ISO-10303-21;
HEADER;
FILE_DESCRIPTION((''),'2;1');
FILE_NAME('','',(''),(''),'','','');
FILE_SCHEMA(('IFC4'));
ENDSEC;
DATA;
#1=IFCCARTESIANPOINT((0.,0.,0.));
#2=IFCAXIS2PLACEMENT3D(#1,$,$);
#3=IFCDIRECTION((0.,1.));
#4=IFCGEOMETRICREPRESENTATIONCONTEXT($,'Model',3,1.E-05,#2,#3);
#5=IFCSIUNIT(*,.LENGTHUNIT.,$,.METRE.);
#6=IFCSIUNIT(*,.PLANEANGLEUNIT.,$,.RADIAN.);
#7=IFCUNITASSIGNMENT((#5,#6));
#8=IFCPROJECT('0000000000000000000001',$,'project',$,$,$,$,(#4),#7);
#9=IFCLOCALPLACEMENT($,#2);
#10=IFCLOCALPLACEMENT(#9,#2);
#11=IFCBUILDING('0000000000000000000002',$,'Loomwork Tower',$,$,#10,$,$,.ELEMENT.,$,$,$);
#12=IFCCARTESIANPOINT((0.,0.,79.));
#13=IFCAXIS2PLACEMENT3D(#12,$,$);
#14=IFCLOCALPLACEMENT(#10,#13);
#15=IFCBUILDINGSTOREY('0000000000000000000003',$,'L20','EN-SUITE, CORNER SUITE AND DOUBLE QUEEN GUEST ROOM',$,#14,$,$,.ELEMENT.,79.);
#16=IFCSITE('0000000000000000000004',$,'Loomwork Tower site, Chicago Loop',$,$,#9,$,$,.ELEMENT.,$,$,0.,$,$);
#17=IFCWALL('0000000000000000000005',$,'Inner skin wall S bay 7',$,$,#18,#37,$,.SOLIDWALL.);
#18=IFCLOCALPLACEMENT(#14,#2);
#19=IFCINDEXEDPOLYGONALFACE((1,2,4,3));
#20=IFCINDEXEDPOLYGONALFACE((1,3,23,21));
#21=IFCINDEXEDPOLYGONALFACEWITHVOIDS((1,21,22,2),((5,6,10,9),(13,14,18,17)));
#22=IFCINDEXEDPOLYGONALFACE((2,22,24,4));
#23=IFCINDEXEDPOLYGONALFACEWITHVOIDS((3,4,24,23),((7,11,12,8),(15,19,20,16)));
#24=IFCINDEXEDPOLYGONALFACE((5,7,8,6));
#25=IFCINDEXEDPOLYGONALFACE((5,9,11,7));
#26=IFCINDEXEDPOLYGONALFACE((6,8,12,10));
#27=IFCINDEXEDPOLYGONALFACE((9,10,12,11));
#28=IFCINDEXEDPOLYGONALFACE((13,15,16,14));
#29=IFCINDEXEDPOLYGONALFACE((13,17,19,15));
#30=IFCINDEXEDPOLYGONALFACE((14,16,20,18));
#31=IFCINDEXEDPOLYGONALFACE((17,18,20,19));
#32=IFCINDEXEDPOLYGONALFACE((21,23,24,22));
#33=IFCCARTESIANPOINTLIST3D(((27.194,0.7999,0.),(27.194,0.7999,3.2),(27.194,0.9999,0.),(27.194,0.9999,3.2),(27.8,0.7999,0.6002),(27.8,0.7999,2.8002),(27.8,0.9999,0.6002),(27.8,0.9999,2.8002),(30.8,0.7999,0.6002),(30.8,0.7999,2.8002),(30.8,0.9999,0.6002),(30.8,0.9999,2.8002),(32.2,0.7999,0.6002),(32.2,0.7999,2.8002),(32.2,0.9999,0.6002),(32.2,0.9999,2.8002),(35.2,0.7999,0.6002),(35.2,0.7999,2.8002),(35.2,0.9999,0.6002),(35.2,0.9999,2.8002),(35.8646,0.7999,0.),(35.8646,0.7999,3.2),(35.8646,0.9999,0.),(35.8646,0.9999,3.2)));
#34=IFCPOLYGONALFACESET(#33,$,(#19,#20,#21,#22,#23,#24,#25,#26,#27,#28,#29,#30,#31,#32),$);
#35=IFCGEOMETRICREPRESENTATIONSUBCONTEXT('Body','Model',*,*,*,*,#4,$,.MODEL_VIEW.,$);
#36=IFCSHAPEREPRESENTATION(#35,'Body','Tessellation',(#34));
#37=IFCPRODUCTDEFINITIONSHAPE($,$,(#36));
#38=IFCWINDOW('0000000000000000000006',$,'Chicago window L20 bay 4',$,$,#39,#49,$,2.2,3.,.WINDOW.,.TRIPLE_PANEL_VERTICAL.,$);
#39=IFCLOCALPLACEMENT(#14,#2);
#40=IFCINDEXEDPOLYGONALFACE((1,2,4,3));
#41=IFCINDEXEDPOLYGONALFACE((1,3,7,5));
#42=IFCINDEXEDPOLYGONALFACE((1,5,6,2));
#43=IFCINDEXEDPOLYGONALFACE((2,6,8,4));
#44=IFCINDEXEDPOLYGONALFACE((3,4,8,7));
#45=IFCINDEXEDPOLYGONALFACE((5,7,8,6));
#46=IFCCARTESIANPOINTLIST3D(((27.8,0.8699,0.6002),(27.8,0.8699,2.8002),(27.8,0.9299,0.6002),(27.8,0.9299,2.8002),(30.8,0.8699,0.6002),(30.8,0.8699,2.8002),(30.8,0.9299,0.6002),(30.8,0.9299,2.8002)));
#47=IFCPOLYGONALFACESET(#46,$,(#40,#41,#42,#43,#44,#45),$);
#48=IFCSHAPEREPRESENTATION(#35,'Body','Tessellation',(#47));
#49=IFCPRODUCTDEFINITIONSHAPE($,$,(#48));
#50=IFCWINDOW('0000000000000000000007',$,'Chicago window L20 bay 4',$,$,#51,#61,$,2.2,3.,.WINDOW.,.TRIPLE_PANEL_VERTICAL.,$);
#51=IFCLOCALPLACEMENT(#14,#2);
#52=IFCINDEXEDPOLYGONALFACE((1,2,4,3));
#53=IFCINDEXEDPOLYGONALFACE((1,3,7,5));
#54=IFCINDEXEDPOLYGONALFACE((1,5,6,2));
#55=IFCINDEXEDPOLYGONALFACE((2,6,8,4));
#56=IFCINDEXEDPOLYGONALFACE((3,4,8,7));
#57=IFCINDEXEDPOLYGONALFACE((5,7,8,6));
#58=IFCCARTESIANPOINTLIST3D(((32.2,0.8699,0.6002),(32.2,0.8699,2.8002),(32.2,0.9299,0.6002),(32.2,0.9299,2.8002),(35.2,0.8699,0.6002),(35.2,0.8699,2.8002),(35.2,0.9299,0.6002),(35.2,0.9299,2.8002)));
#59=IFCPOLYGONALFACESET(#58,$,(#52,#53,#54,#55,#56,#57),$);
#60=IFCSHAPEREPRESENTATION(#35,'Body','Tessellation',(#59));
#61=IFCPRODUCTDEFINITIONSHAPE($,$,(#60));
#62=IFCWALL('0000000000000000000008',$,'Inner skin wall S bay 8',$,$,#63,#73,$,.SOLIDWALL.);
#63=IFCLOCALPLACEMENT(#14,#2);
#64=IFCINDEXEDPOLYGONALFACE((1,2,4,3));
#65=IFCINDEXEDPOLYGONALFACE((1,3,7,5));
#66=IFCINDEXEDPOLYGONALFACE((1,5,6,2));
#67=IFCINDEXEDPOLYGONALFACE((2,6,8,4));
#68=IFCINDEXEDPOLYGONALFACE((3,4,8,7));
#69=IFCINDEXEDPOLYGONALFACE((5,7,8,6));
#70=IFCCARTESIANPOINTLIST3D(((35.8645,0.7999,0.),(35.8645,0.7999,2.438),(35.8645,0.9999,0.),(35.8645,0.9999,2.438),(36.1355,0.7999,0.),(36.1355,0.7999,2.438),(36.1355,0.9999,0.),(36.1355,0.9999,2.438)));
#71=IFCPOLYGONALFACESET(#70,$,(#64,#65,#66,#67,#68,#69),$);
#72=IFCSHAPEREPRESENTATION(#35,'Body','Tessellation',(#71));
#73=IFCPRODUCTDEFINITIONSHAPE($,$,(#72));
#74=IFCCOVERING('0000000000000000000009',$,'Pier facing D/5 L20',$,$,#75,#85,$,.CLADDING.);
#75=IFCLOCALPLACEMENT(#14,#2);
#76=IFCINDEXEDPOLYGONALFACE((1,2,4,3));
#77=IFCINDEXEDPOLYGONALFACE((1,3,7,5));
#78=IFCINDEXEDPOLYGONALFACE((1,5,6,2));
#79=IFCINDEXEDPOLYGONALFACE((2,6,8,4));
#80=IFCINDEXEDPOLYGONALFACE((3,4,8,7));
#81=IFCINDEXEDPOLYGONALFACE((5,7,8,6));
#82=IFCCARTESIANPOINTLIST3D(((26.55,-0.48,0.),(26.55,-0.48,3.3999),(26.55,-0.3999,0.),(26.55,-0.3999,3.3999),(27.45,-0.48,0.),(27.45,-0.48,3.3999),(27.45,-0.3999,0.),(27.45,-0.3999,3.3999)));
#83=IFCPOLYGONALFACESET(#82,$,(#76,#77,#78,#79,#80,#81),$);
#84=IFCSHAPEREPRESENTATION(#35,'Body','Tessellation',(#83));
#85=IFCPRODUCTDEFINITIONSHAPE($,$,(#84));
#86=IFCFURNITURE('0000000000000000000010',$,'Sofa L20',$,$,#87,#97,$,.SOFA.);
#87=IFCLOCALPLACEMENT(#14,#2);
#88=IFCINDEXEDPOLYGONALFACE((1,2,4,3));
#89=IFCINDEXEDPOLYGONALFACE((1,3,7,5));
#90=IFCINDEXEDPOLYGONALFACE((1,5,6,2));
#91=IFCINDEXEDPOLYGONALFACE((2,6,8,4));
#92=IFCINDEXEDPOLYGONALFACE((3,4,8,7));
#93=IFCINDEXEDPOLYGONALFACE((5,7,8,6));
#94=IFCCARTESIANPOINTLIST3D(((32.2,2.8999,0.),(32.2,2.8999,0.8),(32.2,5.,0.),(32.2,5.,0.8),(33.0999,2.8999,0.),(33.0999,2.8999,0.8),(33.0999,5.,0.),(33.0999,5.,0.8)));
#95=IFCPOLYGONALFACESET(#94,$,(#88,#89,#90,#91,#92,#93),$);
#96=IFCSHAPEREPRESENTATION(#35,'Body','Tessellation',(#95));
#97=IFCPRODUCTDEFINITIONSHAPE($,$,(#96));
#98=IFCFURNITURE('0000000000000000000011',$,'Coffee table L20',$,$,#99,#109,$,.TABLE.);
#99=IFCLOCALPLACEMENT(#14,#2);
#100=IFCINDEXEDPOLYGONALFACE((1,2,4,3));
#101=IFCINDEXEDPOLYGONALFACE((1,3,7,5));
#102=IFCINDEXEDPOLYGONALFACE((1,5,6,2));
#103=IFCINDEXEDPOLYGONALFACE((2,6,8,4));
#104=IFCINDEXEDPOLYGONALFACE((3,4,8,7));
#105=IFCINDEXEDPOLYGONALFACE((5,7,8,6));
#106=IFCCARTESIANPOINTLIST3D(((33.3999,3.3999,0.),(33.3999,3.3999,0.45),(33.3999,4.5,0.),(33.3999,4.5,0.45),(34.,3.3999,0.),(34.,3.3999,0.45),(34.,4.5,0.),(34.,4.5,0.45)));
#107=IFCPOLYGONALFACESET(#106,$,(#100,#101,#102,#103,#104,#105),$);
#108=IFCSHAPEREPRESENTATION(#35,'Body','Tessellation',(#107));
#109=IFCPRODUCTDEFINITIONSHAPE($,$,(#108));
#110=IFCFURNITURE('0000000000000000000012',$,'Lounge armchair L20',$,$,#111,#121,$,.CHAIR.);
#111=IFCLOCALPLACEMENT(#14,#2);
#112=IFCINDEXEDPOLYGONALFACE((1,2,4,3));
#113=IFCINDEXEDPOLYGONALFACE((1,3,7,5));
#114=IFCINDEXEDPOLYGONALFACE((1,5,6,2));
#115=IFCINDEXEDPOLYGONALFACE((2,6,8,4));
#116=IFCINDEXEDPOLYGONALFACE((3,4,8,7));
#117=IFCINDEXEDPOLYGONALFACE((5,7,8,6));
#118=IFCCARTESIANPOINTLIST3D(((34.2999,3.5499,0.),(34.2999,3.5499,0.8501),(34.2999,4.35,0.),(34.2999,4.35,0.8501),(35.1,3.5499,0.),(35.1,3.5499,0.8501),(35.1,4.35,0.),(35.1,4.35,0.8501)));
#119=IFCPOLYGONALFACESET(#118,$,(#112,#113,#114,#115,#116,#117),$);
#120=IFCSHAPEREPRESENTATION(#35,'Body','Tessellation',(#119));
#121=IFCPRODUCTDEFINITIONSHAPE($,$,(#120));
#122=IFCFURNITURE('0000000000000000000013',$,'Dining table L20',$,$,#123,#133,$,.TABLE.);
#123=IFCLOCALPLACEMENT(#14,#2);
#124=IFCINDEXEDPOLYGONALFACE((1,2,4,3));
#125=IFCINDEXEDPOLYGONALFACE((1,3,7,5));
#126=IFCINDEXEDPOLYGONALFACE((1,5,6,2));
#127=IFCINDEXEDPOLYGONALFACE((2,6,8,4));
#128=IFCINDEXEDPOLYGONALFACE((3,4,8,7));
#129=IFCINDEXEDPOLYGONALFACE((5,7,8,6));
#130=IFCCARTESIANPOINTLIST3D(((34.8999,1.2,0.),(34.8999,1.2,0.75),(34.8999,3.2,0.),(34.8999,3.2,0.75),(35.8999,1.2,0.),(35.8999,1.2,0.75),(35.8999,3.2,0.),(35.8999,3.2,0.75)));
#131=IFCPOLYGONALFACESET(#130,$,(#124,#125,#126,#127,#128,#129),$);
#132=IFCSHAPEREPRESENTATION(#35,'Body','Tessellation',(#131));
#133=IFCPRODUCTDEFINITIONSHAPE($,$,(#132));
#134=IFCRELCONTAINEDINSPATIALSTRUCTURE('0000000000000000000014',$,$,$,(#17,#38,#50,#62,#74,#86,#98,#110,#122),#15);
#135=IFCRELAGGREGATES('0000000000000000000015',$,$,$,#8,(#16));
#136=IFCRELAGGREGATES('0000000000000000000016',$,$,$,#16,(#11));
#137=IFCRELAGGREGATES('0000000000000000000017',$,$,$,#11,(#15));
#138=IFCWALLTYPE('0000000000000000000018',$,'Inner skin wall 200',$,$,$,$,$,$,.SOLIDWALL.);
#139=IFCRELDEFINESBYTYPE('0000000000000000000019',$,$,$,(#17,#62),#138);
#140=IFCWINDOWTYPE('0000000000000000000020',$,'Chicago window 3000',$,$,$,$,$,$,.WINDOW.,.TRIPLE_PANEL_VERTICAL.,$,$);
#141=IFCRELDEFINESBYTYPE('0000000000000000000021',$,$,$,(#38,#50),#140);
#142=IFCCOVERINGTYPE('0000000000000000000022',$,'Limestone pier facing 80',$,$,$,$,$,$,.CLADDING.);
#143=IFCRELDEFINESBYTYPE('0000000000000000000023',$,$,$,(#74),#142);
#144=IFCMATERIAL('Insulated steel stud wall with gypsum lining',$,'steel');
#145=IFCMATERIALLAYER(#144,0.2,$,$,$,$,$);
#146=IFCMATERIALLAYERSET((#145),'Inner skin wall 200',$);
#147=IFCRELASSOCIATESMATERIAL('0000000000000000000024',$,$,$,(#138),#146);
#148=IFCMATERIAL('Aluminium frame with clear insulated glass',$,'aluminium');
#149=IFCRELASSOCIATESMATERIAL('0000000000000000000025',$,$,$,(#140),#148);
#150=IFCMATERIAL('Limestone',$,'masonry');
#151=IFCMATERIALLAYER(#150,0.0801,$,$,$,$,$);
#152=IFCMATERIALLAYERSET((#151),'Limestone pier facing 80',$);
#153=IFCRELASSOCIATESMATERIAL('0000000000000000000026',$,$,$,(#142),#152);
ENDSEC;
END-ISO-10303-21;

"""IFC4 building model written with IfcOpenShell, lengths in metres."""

from ifc_helpers import new_model, si_unit, direction, frame, frame_2d, origin, origin_2d, place, context, subcontext, project, spatial, rectangle, extrude, material, layer, layer_set, type_object, element, fill, save


model = new_model("IFC4")

# Units and contexts
model_context = context("Model", 3, precision=1e-05, world=origin(), true_north=direction((0.0, 1.0)))
body_context = subcontext(model_context, "Body", "Model", "MODEL_VIEW")
ifc_project = project(units=[si_unit("LENGTHUNIT", "METRE"), si_unit("PLANEANGLEUNIT", "RADIAN")], contexts=[model_context])

# Site, building, storey
site_placement = place(None, origin())
site = spatial("IfcSite", under=ifc_project, at=site_placement, Name="Loomwork Tower site, Chicago Loop", CompositionType="ELEMENT", RefElevation=0.0)
building_placement = place(site_placement, origin())
building = spatial("IfcBuilding", under=site, at=building_placement, Name="Loomwork Tower", CompositionType="ELEMENT")
storey_placement = place(building_placement, frame((0.0, 0.0, 79.0)))
storey = spatial("IfcBuildingStorey", under=building, at=storey_placement, Name="L20", Description="EN-SUITE, CORNER SUITE AND DOUBLE QUEEN GUEST ROOM", CompositionType="ELEMENT", Elevation=79.0)

# Wall, openings, windows
ifc_material_1 = material(Name="Insulated steel stud wall with gypsum lining", Category="steel")
ifc_layer_1 = layer(ifc_material_1, 0.2)
ifc_layer_set_1 = layer_set([ifc_layer_1], Name="Inner skin wall 200")
wall_type = type_object("IfcWallType", Name="Inner skin wall 200", PredefinedType="SOLIDWALL", material=ifc_layer_set_1)
wall_1_placement = place(storey_placement, frame((27.1938, 0.8999, 0.0), z_axis=(0.0, 0.0, 1.0), x_axis=(1.0, 0.0, 0.0)))
wall_1 = element("IfcWall", 1, at=wall_1_placement, inside=storey, type_object=wall_type, Name="Inner skin wall S bay 7", PredefinedType="SOLIDWALL", context=body_context, shape_type="SweptSolid", body=[
    extrude(rectangle(XDim=8.6707, YDim=0.2, at=frame_2d((4.3354, 0.0))), origin(), (0.0, 0.0, 1.0), 3.2),
])
opening_1_placement = place(wall_1_placement, frame((0.6062, 0.0, 0.6001)))
opening_1 = element("IfcOpeningElement", 2, at=opening_1_placement, cuts=wall_1, PredefinedType="OPENING", context=body_context, shape_type="SweptSolid", body=[
    extrude(rectangle(XDim=3.0, YDim=2.2, at=frame_2d((1.5, 1.1001))), frame((0.0, 0.1099, 0.0), z_axis=(0.0, -1.0, 0.0), x_axis=(1.0, 0.0, 0.0)), (0.0, 0.0, 1.0), 0.22),
])
opening_2_placement = place(wall_1_placement, frame((5.0061, 0.0, 0.6001)))
opening_2 = element("IfcOpeningElement", 3, at=opening_2_placement, cuts=wall_1, PredefinedType="OPENING", context=body_context, shape_type="SweptSolid", body=[
    extrude(rectangle(XDim=3.0, YDim=2.2, at=frame_2d((1.5, 1.1001))), frame((0.0, 0.1099, 0.0), z_axis=(0.0, -1.0, 0.0), x_axis=(1.0, 0.0, 0.0)), (0.0, 0.0, 1.0), 0.22),
])
ifc_material_2 = material(Name="Aluminium frame with clear insulated glass", Category="aluminium")
window_type = type_object("IfcWindowType", Name="Chicago window 3000", PartitioningType="TRIPLE_PANEL_VERTICAL", PredefinedType="WINDOW", material=ifc_material_2)
window_1_placement = place(opening_1_placement, origin())
window_1 = element("IfcWindow", 4, at=window_1_placement, inside=storey, type_object=window_type, Name="Chicago window L20 bay 4", OverallHeight=2.2, OverallWidth=3.0, PartitioningType="TRIPLE_PANEL_VERTICAL", PredefinedType="WINDOW", context=body_context, shape_type="SweptSolid", body=[
    extrude(rectangle(XDim=3.0, YDim=2.2, at=frame_2d((1.5, 1.1001))), frame((0.0, 0.03, 0.0), z_axis=(0.0, -1.0, 0.0), x_axis=(1.0, 0.0, 0.0)), (0.0, 0.0, 1.0), 0.0601),
])
fill(opening_1, window_1)
window_2_placement = place(opening_2_placement, origin())
window_2 = element("IfcWindow", 5, at=window_2_placement, inside=storey, type_object=window_type, Name="Chicago window L20 bay 4", OverallHeight=2.2, OverallWidth=3.0, PartitioningType="TRIPLE_PANEL_VERTICAL", PredefinedType="WINDOW", context=body_context, shape_type="SweptSolid", body=[
    extrude(rectangle(XDim=3.0, YDim=2.2, at=frame_2d((1.5, 1.1001))), frame((0.0, 0.03, 0.0), z_axis=(0.0, -1.0, 0.0), x_axis=(1.0, 0.0, 0.0)), (0.0, 0.0, 1.0), 0.0601),
])
fill(opening_2, window_2)

# Wall
wall_2_placement = place(storey_placement, frame((35.8645, 0.8999, 0.0), z_axis=(0.0, 0.0, 1.0), x_axis=(1.0, 0.0, 0.0)))
element("IfcWall", 6, at=wall_2_placement, inside=storey, type_object=wall_type, Name="Inner skin wall S bay 8", PredefinedType="SOLIDWALL", context=body_context, shape_type="SweptSolid", body=[
    extrude(rectangle(XDim=0.271, YDim=0.2, at=frame_2d((0.1355, 0.0))), origin(), (0.0, 0.0, 1.0), 2.438),
])

# Covering
ifc_material_3 = material(Name="Limestone", Category="masonry")
ifc_layer_2 = layer(ifc_material_3, 0.0801)
ifc_layer_set_2 = layer_set([ifc_layer_2], Name="Limestone pier facing 80")
covering_type = type_object("IfcCoveringType", Name="Limestone pier facing 80", PredefinedType="CLADDING", material=ifc_layer_set_2)
covering_placement = place(storey_placement, frame((27.0, -0.4399, 0.0), z_axis=(0.0, 0.0, 1.0), x_axis=(1.0, 0.0, 0.0)))
element("IfcCovering", 7, at=covering_placement, inside=storey, type_object=covering_type, Name="Pier facing D/5 L20", PredefinedType="CLADDING", context=body_context, shape_type="SweptSolid", body=[
    extrude(rectangle(XDim=0.8999, YDim=0.0801, at=origin_2d()), origin(), (0.0, 0.0, 1.0), 3.3999),
])

# Furniture
furniture_1_placement = place(storey_placement, frame((32.6499, 3.95, 0.0), z_axis=(0.0, 0.0, 1.0), x_axis=(1.0, 0.0, 0.0)))
element("IfcFurniture", 8, at=furniture_1_placement, inside=storey, Name="Sofa L20", PredefinedType="SOFA", context=body_context, shape_type="SweptSolid", body=[
    extrude(rectangle(XDim=0.8999, YDim=2.1001, at=origin_2d()), origin(), (0.0, 0.0, 1.0), 0.8),
])
furniture_2_placement = place(storey_placement, frame((33.7, 3.95, 0.0), z_axis=(0.0, 0.0, 1.0), x_axis=(1.0, 0.0, 0.0)))
element("IfcFurniture", 9, at=furniture_2_placement, inside=storey, Name="Coffee table L20", PredefinedType="TABLE", context=body_context, shape_type="SweptSolid", body=[
    extrude(rectangle(XDim=0.6001, YDim=1.1001, at=origin_2d()), origin(), (0.0, 0.0, 1.0), 0.45),
])
furniture_3_placement = place(storey_placement, frame((34.7, 3.95, 0.0), z_axis=(0.0, 0.0, 1.0), x_axis=(1.0, 0.0, 0.0)))
element("IfcFurniture", 10, at=furniture_3_placement, inside=storey, Name="Lounge armchair L20", PredefinedType="CHAIR", context=body_context, shape_type="SweptSolid", body=[
    extrude(rectangle(XDim=0.8, YDim=0.8, at=origin_2d()), origin(), (0.0, 0.0, 1.0), 0.8501),
])
furniture_4_placement = place(storey_placement, frame((35.3999, 2.2, 0.0), z_axis=(0.0, 0.0, 1.0), x_axis=(1.0, 0.0, 0.0)))
element("IfcFurniture", 11, at=furniture_4_placement, inside=storey, Name="Dining table L20", PredefinedType="TABLE", context=body_context, shape_type="SweptSolid", body=[
    extrude(rectangle(XDim=1.0, YDim=2.0, at=origin_2d()), origin(), (0.0, 0.0, 1.0), 0.75),
])

save(model, "model.ifc")
